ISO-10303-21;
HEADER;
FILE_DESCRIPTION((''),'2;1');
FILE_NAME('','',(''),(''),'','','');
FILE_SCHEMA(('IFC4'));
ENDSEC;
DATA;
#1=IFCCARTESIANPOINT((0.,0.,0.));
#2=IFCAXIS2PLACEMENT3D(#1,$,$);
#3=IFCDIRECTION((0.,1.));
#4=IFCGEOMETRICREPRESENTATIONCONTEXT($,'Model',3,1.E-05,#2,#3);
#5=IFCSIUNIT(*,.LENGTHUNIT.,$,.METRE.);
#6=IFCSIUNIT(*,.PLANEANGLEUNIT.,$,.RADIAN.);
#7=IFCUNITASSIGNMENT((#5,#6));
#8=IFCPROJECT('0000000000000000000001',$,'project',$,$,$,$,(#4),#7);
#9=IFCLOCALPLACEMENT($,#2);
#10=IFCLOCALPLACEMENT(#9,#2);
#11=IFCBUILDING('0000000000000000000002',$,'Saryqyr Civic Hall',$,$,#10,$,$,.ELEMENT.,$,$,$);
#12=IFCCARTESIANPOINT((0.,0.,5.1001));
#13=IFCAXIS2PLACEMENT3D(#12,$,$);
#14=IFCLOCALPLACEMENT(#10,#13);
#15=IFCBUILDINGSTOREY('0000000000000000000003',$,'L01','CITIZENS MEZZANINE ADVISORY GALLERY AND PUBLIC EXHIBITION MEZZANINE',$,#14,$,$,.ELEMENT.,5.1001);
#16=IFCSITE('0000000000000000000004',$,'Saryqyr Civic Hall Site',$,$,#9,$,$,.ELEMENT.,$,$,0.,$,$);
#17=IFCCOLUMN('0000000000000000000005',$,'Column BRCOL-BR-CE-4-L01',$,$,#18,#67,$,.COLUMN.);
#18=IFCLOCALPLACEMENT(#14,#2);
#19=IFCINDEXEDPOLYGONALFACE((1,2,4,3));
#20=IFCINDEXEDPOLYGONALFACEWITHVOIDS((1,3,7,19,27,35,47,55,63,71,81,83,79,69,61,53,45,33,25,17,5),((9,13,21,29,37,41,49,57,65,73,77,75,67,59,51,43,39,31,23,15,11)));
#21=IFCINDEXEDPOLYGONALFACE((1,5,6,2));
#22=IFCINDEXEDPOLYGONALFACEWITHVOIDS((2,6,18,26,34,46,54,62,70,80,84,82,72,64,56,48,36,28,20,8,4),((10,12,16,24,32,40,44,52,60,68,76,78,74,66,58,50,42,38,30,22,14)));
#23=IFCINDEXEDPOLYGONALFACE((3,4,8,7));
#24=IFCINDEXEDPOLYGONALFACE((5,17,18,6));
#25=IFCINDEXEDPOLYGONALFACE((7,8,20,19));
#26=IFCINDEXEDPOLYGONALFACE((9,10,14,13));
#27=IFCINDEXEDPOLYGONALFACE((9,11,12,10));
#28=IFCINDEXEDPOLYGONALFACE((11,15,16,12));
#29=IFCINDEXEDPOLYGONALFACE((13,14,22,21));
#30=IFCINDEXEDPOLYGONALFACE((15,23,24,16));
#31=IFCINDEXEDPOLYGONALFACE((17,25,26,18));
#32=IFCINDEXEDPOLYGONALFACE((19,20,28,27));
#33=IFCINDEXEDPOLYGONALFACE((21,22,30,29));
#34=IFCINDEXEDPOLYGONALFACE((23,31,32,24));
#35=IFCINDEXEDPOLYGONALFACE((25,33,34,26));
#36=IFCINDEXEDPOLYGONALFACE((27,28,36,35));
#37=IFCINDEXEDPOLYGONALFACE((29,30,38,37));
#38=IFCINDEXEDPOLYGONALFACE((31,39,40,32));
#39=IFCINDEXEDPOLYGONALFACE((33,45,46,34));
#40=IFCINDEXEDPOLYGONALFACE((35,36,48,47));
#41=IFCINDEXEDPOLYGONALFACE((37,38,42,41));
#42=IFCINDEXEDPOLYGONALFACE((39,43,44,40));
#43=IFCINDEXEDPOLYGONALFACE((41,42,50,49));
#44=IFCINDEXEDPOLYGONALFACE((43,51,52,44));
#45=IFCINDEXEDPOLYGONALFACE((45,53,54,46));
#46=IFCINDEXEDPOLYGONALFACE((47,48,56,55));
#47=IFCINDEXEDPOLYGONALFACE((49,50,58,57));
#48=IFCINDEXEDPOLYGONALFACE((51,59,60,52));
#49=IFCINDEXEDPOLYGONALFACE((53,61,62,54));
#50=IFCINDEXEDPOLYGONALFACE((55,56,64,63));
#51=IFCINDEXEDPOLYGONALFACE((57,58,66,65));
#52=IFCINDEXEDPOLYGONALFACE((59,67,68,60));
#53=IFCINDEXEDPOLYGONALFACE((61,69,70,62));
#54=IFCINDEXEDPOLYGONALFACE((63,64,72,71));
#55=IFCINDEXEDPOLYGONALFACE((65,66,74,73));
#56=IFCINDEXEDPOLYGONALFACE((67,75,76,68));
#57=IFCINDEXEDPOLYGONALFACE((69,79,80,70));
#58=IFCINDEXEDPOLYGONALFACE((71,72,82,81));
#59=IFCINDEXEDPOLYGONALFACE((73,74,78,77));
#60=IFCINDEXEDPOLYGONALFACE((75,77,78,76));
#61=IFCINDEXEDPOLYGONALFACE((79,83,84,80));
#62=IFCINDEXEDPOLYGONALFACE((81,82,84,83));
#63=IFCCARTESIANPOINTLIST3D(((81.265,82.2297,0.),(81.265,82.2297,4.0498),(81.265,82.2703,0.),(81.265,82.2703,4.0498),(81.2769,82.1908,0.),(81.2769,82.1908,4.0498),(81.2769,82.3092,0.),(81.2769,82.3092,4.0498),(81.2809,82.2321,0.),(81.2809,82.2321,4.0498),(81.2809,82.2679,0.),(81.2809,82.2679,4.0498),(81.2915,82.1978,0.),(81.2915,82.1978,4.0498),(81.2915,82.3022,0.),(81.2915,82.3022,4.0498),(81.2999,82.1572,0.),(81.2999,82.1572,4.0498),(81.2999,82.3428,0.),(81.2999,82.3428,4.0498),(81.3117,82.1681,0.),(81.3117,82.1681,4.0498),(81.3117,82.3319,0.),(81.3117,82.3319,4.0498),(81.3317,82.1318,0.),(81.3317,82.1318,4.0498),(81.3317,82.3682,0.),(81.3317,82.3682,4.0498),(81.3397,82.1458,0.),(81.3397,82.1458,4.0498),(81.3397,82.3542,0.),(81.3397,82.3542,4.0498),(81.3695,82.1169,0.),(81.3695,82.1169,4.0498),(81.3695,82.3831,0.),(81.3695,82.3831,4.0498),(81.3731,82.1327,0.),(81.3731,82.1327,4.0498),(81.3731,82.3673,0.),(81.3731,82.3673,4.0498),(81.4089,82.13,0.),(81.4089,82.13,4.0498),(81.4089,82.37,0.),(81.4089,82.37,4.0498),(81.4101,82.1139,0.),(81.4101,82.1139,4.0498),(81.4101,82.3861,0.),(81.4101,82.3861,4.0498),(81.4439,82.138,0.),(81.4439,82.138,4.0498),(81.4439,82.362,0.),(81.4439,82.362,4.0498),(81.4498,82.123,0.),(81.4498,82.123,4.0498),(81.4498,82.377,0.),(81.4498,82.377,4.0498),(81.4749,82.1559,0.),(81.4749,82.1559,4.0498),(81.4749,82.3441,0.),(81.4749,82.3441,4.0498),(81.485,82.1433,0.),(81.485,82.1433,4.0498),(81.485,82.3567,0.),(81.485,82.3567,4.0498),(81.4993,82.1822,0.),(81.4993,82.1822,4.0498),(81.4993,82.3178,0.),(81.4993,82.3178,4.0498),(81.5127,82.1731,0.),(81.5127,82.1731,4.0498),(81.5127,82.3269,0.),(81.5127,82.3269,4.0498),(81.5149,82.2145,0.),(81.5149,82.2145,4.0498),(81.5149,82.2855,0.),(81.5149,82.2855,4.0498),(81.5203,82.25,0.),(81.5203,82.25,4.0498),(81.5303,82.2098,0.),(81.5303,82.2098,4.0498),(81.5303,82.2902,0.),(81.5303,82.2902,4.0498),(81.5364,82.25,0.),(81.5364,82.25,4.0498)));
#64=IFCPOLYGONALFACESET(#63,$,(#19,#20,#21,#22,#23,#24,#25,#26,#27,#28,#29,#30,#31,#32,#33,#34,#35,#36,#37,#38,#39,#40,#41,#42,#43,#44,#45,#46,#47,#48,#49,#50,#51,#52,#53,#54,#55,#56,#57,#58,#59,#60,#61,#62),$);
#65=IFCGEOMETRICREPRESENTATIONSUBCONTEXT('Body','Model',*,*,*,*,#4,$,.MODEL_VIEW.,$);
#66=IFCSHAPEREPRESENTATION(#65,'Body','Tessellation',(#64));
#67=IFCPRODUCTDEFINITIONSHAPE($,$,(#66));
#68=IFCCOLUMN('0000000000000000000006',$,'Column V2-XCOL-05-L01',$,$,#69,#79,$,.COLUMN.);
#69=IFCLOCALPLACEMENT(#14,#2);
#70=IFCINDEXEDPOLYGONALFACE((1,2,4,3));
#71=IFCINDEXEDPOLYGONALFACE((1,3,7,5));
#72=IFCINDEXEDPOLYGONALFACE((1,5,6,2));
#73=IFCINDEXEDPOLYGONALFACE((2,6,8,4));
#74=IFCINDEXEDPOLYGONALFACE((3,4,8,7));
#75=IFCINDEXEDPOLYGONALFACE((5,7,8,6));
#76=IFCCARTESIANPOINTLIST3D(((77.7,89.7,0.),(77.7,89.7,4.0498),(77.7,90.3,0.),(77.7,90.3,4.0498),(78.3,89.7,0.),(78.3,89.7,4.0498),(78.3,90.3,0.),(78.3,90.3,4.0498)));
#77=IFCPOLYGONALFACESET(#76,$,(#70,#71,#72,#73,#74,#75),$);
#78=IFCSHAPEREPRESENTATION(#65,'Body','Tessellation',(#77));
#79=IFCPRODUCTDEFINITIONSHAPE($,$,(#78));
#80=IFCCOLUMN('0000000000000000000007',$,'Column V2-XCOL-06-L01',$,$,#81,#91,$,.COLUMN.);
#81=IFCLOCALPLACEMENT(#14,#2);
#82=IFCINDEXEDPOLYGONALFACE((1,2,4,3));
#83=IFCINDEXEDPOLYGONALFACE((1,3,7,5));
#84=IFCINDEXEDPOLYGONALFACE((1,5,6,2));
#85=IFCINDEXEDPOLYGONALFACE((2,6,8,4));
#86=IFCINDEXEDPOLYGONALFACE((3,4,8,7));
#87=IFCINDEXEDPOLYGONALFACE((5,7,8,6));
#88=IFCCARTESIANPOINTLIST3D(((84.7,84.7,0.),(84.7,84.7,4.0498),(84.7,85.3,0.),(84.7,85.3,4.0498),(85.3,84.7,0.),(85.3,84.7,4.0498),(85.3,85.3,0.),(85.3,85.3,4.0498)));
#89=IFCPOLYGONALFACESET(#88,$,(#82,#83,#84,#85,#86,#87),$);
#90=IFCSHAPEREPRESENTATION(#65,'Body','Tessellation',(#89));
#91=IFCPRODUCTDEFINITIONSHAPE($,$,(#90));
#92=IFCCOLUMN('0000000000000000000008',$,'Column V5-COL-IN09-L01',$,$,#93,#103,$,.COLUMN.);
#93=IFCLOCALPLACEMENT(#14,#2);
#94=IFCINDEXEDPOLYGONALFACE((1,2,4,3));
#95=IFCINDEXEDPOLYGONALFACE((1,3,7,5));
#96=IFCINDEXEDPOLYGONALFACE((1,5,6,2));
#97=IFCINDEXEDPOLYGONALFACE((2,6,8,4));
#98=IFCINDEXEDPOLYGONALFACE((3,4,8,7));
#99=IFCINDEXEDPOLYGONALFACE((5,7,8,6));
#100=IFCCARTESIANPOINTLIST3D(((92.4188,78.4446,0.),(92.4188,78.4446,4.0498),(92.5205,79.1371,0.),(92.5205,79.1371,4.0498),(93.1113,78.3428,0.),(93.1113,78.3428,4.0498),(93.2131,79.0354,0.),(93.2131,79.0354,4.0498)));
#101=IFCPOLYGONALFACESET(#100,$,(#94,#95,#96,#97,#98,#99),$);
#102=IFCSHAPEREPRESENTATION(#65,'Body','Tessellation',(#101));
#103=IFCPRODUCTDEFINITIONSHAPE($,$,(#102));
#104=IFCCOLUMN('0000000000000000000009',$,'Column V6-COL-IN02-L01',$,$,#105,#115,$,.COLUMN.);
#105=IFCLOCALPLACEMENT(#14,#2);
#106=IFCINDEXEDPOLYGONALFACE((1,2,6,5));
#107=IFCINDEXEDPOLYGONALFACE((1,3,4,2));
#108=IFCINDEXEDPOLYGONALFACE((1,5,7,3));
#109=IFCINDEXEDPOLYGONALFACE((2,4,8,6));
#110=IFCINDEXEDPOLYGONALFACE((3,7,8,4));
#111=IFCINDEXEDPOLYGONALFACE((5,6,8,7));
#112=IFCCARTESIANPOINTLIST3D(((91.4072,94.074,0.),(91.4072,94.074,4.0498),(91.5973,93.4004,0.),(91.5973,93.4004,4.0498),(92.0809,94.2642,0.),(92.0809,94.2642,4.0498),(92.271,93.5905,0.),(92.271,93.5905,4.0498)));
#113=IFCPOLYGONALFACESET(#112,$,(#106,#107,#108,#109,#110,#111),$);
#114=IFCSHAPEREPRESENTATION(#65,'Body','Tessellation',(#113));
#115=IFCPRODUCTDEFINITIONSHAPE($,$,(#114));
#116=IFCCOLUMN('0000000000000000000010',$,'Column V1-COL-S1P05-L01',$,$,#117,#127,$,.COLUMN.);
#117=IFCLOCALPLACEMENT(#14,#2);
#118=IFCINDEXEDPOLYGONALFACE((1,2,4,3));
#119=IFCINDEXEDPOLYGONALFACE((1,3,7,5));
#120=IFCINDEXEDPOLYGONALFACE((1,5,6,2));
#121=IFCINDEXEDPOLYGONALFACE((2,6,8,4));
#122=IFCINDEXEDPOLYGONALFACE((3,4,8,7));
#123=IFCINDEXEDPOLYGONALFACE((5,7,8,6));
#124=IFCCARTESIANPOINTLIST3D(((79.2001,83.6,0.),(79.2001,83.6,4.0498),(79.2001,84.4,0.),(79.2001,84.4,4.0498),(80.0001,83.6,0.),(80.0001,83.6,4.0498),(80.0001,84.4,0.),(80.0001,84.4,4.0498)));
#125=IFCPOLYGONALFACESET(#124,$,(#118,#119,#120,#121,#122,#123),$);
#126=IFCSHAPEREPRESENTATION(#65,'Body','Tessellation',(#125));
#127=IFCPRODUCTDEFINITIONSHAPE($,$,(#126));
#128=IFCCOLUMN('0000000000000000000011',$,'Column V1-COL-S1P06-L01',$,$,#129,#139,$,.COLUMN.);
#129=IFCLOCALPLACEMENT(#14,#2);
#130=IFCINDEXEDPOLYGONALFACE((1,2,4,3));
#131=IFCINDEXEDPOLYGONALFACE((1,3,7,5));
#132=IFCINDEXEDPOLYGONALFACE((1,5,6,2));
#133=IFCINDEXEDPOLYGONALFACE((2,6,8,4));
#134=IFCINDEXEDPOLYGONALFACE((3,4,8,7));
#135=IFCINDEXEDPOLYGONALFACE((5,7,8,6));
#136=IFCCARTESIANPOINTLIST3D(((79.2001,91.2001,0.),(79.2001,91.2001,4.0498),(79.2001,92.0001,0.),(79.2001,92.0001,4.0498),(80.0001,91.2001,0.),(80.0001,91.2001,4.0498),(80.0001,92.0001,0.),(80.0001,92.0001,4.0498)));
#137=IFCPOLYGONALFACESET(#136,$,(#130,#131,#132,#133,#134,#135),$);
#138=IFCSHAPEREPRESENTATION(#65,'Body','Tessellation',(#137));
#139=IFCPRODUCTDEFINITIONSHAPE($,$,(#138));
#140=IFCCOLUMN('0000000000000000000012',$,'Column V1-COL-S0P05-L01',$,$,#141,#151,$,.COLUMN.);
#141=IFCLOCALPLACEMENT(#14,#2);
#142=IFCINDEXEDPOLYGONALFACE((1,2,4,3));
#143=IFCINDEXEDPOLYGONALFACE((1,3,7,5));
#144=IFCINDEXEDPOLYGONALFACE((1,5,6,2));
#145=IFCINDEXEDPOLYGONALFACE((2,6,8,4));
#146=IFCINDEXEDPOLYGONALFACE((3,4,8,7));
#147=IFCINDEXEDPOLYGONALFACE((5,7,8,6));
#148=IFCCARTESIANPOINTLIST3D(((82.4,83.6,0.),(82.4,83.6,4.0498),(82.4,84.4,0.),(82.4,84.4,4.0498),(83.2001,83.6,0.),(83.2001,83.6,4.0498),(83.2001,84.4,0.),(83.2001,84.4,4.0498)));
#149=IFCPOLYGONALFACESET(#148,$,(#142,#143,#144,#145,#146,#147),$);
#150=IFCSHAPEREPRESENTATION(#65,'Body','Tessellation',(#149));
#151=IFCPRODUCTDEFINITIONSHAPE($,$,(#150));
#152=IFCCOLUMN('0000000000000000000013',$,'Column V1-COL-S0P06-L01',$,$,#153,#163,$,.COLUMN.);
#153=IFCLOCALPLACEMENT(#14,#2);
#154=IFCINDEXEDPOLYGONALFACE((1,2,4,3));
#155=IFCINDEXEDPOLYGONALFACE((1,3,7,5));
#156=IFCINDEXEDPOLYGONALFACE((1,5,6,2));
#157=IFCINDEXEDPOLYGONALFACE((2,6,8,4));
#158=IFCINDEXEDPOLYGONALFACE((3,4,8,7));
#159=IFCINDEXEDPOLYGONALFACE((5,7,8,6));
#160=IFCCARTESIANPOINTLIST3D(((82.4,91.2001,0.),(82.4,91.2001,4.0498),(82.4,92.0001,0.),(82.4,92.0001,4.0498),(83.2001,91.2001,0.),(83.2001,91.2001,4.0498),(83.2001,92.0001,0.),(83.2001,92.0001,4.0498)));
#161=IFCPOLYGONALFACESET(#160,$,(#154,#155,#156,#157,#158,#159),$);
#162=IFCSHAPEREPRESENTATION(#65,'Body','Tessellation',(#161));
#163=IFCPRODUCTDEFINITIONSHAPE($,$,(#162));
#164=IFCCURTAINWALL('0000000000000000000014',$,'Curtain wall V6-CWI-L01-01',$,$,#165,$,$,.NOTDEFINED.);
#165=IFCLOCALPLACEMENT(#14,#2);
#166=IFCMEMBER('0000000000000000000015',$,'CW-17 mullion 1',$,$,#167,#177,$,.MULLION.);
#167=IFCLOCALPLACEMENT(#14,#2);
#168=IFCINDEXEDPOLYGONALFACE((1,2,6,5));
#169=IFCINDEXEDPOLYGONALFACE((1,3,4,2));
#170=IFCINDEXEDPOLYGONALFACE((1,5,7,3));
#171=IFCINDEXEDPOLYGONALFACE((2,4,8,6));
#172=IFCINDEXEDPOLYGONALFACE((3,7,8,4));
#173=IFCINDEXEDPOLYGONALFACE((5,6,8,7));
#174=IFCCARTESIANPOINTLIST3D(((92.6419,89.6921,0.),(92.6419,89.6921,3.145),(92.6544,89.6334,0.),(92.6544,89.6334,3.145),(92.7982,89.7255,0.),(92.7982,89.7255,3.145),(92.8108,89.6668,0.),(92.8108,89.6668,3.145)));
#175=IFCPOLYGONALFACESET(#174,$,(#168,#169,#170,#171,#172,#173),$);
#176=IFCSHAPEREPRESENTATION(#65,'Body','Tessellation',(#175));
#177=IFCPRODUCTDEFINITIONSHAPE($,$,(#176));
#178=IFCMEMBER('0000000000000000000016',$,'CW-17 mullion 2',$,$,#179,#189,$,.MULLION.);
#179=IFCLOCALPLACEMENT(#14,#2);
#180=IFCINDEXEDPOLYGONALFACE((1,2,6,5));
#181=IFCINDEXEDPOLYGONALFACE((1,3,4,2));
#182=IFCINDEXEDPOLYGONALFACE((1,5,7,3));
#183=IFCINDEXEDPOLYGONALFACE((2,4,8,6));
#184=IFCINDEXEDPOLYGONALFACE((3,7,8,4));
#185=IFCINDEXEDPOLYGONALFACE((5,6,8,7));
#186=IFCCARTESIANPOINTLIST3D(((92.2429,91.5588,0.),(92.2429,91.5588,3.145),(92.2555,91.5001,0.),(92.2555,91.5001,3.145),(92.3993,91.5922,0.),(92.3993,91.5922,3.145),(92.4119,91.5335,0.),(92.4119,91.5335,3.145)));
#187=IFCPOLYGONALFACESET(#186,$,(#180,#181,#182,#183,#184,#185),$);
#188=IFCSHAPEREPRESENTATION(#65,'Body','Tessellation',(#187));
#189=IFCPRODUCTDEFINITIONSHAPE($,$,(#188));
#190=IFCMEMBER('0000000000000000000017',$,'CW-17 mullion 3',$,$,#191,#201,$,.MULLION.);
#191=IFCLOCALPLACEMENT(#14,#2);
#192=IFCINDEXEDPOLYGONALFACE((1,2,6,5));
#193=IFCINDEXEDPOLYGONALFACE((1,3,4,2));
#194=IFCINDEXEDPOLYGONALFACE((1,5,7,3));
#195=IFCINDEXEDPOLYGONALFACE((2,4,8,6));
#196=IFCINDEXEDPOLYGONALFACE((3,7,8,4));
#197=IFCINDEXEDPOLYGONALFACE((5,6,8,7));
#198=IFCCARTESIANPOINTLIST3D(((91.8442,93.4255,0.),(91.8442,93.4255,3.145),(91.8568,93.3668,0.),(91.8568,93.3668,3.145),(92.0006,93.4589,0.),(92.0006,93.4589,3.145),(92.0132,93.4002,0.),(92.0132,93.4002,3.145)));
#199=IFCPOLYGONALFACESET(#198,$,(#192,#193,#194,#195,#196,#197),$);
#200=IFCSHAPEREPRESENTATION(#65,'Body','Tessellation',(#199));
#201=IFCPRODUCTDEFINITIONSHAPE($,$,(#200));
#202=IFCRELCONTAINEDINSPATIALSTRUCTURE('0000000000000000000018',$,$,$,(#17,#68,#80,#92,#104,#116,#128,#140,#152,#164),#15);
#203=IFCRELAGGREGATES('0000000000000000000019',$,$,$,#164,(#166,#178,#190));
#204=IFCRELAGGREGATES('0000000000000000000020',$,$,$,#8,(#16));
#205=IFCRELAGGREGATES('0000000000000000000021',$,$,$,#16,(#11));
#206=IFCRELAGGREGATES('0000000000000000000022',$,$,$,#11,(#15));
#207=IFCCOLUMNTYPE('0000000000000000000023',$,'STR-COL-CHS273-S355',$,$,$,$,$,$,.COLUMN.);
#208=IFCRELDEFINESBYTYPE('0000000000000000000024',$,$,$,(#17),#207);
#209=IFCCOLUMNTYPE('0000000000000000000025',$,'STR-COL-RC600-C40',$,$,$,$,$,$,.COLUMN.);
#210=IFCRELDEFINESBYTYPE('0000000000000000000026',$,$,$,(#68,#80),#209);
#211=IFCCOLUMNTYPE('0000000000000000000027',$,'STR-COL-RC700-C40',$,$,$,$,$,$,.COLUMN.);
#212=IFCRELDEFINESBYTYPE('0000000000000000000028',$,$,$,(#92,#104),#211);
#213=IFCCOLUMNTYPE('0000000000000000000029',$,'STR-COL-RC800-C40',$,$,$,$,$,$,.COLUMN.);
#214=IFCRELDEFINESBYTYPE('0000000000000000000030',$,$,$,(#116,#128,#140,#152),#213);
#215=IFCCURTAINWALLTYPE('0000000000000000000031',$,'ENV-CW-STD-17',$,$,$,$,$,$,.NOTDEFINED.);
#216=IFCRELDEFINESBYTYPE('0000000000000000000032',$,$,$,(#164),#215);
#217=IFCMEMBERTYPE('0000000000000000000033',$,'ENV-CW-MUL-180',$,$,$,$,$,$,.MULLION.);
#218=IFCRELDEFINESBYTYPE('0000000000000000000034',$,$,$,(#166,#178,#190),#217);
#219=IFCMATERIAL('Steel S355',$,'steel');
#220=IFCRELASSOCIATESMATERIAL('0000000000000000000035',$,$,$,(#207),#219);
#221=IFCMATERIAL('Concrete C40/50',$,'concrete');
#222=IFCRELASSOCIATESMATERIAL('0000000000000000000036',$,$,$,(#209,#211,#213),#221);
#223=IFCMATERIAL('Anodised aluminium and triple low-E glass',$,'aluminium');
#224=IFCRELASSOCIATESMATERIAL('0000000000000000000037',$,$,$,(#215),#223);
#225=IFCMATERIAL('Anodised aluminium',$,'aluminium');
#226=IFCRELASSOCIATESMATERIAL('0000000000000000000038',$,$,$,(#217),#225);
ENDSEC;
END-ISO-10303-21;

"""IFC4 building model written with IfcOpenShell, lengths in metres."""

from ifc_helpers import new_model, si_unit, direction, frame, origin, origin_2d, place, context, subcontext, project, spatial, rectangle, hollow_circle, extrude, material, material_profile, profile_set, type_object, element, aggregate, save


model = new_model("IFC4")

# Units and contexts
model_context = context("Model", 3, precision=1e-05, world=origin(), true_north=direction((0.0, 1.0)))
body_context = subcontext(model_context, "Body", "Model", "MODEL_VIEW")
ifc_project = project(units=[si_unit("LENGTHUNIT", "METRE"), si_unit("PLANEANGLEUNIT", "RADIAN")], contexts=[model_context])

# Site, building, storey
site_placement = place(None, origin())
site = spatial("IfcSite", under=ifc_project, at=site_placement, Name="Saryqyr Civic Hall Site", CompositionType="ELEMENT", RefElevation=0.0)
building_placement = place(site_placement, origin())
building = spatial("IfcBuilding", under=site, at=building_placement, Name="Saryqyr Civic Hall", CompositionType="ELEMENT")
storey_placement = place(building_placement, frame((0.0, 0.0, 5.1001)))
storey = spatial("IfcBuildingStorey", under=building, at=storey_placement, Name="L01", Description="CITIZENS MEZZANINE ADVISORY GALLERY AND PUBLIC EXHIBITION MEZZANINE", CompositionType="ELEMENT", Elevation=5.1001)

# Columns
ifc_material_1 = material(Name="Steel S355", Category="steel")
ifc_material_profile_1 = material_profile(ifc_material_1, hollow_circle(Radius=0.1365, WallThickness=0.0161, at=origin_2d()), Name="CHS 273x16")
ifc_profile_set_1 = profile_set([ifc_material_profile_1], Name="Steel S355")
column_type_1 = type_object("IfcColumnType", Name="STR-COL-CHS273-S355", PredefinedType="COLUMN", material=ifc_profile_set_1)
for number, where, z_axis, x_axis, name in (
    (1, (81.3999, 82.25, 0.0), (0.0, 0.0, 1.0), (1.0, 0.0, 0.0), "Column BRCOL-BR-CE-4-L01"),
):
    element("IfcColumn", number, at=place(storey_placement, frame(where, z_axis=z_axis, x_axis=x_axis)), inside=storey, type_object=column_type_1, Name=name, PredefinedType="COLUMN", context=body_context, shape_type="SweptSolid", body=[
        extrude(hollow_circle(Radius=0.1365, WallThickness=0.0161, at=origin_2d()), origin(), (0.0, 0.0, 1.0), 4.0498),
    ])
ifc_material_2 = material(Name="Concrete C40/50", Category="concrete")
ifc_material_profile_2 = material_profile(ifc_material_2, rectangle(XDim=0.6001, YDim=0.6001, at=origin_2d()), Name="RC 600x600")
ifc_profile_set_2 = profile_set([ifc_material_profile_2], Name="Concrete C40/50")
column_type_2 = type_object("IfcColumnType", Name="STR-COL-RC600-C40", PredefinedType="COLUMN", material=ifc_profile_set_2)
for number, where, z_axis, x_axis, name in (
    (2, (78.0, 90.0, 0.0), (0.0, 0.0, 1.0), (1.0, 0.0, 0.0), "Column V2-XCOL-05-L01"),
    (3, (85.0, 85.0, 0.0), (0.0, 0.0, 1.0), (1.0, 0.0, 0.0), "Column V2-XCOL-06-L01"),
):
    element("IfcColumn", number, at=place(storey_placement, frame(where, z_axis=z_axis, x_axis=x_axis)), inside=storey, type_object=column_type_2, Name=name, PredefinedType="COLUMN", context=body_context, shape_type="SweptSolid", body=[
        extrude(rectangle(XDim=0.6001, YDim=0.6001, at=origin_2d()), origin(), (0.0, 0.0, 1.0), 4.0498),
    ])
ifc_material_profile_3 = material_profile(ifc_material_2, rectangle(XDim=0.7, YDim=0.7, at=origin_2d()), Name="RC 700x700")
ifc_profile_set_3 = profile_set([ifc_material_profile_3], Name="Concrete C40/50")
column_type_3 = type_object("IfcColumnType", Name="STR-COL-RC700-C40", PredefinedType="COLUMN", material=ifc_profile_set_3)
for number, where, z_axis, x_axis, name in (
    (4, (92.8159, 78.74, 0.0), (0.0, 0.0, 1.0), (0.989374, -0.145392, 0.0), "Column V5-COL-IN09-L01"),
    (5, (91.8391, 93.8323, 0.0), (0.0, 0.0, 1.0), (0.962408, 0.271608, 0.0), "Column V6-COL-IN02-L01"),
):
    element("IfcColumn", number, at=place(storey_placement, frame(where, z_axis=z_axis, x_axis=x_axis)), inside=storey, type_object=column_type_3, Name=name, PredefinedType="COLUMN", context=body_context, shape_type="SweptSolid", body=[
        extrude(rectangle(XDim=0.7, YDim=0.7, at=origin_2d()), origin(), (0.0, 0.0, 1.0), 4.0498),
    ])
ifc_material_profile_4 = material_profile(ifc_material_2, rectangle(XDim=0.8, YDim=0.8, at=origin_2d()), Name="RC 800x800")
ifc_profile_set_4 = profile_set([ifc_material_profile_4], Name="Concrete C40/50")
column_type_4 = type_object("IfcColumnType", Name="STR-COL-RC800-C40", PredefinedType="COLUMN", material=ifc_profile_set_4)
for number, where, z_axis, x_axis, name in (
    (6, (79.6001, 84.0, 0.0), (0.0, 0.0, 1.0), (1.0, 0.0, 0.0), "Column V1-COL-S1P05-L01"),
    (7, (79.6001, 91.6001, 0.0), (0.0, 0.0, 1.0), (1.0, 0.0, 0.0), "Column V1-COL-S1P06-L01"),
    (8, (82.8, 84.0, 0.0), (0.0, 0.0, 1.0), (1.0, 0.0, 0.0), "Column V1-COL-S0P05-L01"),
    (9, (82.8, 91.6001, 0.0), (0.0, 0.0, 1.0), (1.0, 0.0, 0.0), "Column V1-COL-S0P06-L01"),
):
    element("IfcColumn", number, at=place(storey_placement, frame(where, z_axis=z_axis, x_axis=x_axis)), inside=storey, type_object=column_type_4, Name=name, PredefinedType="COLUMN", context=body_context, shape_type="SweptSolid", body=[
        extrude(rectangle(XDim=0.8, YDim=0.8, at=origin_2d()), origin(), (0.0, 0.0, 1.0), 4.0498),
    ])

# Curtain wall, members
ifc_material_3 = material(Name="Anodised aluminium and triple low-E glass", Category="aluminium")
curtain_wall_type = type_object("IfcCurtainWallType", Name="ENV-CW-STD-17", PredefinedType="NOTDEFINED", material=ifc_material_3)
curtain_wall_placement = place(storey_placement, origin())
curtain_wall = element("IfcCurtainWall", 10, at=curtain_wall_placement, inside=storey, type_object=curtain_wall_type, Name="Curtain wall V6-CWI-L01-01", PredefinedType="NOTDEFINED")
ifc_material_4 = material(Name="Anodised aluminium", Category="aluminium")
ifc_material_profile_5 = material_profile(ifc_material_4, rectangle(XDim=0.0601, YDim=0.1599, at=origin_2d()), Name="ALU MULLION 60x160")
ifc_profile_set_5 = profile_set([ifc_material_profile_5], Name="Anodised aluminium")
member_type_1 = type_object("IfcMemberType", Name="ENV-CW-MUL-180", PredefinedType="MULLION", material=ifc_profile_set_5)
member_1_placement = place(storey_placement, frame((92.7263, 89.6794, 0.0), z_axis=(0.0, 0.0, 1.0), x_axis=(-0.20889, 0.977939, 0.0)))
member_1 = element("IfcMember", 11, at=member_1_placement, type_object=member_type_1, Name="CW-17 mullion 1", PredefinedType="MULLION", context=body_context, shape_type="SweptSolid", body=[
    extrude(rectangle(XDim=0.0601, YDim=0.1599, at=origin_2d()), origin(), (0.0, 0.0, 1.0), 3.145),
])
member_2_placement = place(storey_placement, frame((92.3274, 91.5461, 0.0), z_axis=(0.0, 0.0, 1.0), x_axis=(-0.20889, 0.977939, 0.0)))
member_2 = element("IfcMember", 12, at=member_2_placement, type_object=member_type_1, Name="CW-17 mullion 2", PredefinedType="MULLION", context=body_context, shape_type="SweptSolid", body=[
    extrude(rectangle(XDim=0.0601, YDim=0.1599, at=origin_2d()), origin(), (0.0, 0.0, 1.0), 3.145),
])
member_3_placement = place(storey_placement, frame((91.9287, 93.4128, 0.0), z_axis=(0.0, 0.0, 1.0), x_axis=(-0.20889, 0.977939, 0.0)))
member_3 = element("IfcMember", 13, at=member_3_placement, type_object=member_type_1, Name="CW-17 mullion 3", PredefinedType="MULLION", context=body_context, shape_type="SweptSolid", body=[
    extrude(rectangle(XDim=0.0601, YDim=0.1599, at=origin_2d()), origin(), (0.0, 0.0, 1.0), 3.145),
])

aggregate(curtain_wall, [member_1, member_2, member_3])

save(model, "model.ifc")
